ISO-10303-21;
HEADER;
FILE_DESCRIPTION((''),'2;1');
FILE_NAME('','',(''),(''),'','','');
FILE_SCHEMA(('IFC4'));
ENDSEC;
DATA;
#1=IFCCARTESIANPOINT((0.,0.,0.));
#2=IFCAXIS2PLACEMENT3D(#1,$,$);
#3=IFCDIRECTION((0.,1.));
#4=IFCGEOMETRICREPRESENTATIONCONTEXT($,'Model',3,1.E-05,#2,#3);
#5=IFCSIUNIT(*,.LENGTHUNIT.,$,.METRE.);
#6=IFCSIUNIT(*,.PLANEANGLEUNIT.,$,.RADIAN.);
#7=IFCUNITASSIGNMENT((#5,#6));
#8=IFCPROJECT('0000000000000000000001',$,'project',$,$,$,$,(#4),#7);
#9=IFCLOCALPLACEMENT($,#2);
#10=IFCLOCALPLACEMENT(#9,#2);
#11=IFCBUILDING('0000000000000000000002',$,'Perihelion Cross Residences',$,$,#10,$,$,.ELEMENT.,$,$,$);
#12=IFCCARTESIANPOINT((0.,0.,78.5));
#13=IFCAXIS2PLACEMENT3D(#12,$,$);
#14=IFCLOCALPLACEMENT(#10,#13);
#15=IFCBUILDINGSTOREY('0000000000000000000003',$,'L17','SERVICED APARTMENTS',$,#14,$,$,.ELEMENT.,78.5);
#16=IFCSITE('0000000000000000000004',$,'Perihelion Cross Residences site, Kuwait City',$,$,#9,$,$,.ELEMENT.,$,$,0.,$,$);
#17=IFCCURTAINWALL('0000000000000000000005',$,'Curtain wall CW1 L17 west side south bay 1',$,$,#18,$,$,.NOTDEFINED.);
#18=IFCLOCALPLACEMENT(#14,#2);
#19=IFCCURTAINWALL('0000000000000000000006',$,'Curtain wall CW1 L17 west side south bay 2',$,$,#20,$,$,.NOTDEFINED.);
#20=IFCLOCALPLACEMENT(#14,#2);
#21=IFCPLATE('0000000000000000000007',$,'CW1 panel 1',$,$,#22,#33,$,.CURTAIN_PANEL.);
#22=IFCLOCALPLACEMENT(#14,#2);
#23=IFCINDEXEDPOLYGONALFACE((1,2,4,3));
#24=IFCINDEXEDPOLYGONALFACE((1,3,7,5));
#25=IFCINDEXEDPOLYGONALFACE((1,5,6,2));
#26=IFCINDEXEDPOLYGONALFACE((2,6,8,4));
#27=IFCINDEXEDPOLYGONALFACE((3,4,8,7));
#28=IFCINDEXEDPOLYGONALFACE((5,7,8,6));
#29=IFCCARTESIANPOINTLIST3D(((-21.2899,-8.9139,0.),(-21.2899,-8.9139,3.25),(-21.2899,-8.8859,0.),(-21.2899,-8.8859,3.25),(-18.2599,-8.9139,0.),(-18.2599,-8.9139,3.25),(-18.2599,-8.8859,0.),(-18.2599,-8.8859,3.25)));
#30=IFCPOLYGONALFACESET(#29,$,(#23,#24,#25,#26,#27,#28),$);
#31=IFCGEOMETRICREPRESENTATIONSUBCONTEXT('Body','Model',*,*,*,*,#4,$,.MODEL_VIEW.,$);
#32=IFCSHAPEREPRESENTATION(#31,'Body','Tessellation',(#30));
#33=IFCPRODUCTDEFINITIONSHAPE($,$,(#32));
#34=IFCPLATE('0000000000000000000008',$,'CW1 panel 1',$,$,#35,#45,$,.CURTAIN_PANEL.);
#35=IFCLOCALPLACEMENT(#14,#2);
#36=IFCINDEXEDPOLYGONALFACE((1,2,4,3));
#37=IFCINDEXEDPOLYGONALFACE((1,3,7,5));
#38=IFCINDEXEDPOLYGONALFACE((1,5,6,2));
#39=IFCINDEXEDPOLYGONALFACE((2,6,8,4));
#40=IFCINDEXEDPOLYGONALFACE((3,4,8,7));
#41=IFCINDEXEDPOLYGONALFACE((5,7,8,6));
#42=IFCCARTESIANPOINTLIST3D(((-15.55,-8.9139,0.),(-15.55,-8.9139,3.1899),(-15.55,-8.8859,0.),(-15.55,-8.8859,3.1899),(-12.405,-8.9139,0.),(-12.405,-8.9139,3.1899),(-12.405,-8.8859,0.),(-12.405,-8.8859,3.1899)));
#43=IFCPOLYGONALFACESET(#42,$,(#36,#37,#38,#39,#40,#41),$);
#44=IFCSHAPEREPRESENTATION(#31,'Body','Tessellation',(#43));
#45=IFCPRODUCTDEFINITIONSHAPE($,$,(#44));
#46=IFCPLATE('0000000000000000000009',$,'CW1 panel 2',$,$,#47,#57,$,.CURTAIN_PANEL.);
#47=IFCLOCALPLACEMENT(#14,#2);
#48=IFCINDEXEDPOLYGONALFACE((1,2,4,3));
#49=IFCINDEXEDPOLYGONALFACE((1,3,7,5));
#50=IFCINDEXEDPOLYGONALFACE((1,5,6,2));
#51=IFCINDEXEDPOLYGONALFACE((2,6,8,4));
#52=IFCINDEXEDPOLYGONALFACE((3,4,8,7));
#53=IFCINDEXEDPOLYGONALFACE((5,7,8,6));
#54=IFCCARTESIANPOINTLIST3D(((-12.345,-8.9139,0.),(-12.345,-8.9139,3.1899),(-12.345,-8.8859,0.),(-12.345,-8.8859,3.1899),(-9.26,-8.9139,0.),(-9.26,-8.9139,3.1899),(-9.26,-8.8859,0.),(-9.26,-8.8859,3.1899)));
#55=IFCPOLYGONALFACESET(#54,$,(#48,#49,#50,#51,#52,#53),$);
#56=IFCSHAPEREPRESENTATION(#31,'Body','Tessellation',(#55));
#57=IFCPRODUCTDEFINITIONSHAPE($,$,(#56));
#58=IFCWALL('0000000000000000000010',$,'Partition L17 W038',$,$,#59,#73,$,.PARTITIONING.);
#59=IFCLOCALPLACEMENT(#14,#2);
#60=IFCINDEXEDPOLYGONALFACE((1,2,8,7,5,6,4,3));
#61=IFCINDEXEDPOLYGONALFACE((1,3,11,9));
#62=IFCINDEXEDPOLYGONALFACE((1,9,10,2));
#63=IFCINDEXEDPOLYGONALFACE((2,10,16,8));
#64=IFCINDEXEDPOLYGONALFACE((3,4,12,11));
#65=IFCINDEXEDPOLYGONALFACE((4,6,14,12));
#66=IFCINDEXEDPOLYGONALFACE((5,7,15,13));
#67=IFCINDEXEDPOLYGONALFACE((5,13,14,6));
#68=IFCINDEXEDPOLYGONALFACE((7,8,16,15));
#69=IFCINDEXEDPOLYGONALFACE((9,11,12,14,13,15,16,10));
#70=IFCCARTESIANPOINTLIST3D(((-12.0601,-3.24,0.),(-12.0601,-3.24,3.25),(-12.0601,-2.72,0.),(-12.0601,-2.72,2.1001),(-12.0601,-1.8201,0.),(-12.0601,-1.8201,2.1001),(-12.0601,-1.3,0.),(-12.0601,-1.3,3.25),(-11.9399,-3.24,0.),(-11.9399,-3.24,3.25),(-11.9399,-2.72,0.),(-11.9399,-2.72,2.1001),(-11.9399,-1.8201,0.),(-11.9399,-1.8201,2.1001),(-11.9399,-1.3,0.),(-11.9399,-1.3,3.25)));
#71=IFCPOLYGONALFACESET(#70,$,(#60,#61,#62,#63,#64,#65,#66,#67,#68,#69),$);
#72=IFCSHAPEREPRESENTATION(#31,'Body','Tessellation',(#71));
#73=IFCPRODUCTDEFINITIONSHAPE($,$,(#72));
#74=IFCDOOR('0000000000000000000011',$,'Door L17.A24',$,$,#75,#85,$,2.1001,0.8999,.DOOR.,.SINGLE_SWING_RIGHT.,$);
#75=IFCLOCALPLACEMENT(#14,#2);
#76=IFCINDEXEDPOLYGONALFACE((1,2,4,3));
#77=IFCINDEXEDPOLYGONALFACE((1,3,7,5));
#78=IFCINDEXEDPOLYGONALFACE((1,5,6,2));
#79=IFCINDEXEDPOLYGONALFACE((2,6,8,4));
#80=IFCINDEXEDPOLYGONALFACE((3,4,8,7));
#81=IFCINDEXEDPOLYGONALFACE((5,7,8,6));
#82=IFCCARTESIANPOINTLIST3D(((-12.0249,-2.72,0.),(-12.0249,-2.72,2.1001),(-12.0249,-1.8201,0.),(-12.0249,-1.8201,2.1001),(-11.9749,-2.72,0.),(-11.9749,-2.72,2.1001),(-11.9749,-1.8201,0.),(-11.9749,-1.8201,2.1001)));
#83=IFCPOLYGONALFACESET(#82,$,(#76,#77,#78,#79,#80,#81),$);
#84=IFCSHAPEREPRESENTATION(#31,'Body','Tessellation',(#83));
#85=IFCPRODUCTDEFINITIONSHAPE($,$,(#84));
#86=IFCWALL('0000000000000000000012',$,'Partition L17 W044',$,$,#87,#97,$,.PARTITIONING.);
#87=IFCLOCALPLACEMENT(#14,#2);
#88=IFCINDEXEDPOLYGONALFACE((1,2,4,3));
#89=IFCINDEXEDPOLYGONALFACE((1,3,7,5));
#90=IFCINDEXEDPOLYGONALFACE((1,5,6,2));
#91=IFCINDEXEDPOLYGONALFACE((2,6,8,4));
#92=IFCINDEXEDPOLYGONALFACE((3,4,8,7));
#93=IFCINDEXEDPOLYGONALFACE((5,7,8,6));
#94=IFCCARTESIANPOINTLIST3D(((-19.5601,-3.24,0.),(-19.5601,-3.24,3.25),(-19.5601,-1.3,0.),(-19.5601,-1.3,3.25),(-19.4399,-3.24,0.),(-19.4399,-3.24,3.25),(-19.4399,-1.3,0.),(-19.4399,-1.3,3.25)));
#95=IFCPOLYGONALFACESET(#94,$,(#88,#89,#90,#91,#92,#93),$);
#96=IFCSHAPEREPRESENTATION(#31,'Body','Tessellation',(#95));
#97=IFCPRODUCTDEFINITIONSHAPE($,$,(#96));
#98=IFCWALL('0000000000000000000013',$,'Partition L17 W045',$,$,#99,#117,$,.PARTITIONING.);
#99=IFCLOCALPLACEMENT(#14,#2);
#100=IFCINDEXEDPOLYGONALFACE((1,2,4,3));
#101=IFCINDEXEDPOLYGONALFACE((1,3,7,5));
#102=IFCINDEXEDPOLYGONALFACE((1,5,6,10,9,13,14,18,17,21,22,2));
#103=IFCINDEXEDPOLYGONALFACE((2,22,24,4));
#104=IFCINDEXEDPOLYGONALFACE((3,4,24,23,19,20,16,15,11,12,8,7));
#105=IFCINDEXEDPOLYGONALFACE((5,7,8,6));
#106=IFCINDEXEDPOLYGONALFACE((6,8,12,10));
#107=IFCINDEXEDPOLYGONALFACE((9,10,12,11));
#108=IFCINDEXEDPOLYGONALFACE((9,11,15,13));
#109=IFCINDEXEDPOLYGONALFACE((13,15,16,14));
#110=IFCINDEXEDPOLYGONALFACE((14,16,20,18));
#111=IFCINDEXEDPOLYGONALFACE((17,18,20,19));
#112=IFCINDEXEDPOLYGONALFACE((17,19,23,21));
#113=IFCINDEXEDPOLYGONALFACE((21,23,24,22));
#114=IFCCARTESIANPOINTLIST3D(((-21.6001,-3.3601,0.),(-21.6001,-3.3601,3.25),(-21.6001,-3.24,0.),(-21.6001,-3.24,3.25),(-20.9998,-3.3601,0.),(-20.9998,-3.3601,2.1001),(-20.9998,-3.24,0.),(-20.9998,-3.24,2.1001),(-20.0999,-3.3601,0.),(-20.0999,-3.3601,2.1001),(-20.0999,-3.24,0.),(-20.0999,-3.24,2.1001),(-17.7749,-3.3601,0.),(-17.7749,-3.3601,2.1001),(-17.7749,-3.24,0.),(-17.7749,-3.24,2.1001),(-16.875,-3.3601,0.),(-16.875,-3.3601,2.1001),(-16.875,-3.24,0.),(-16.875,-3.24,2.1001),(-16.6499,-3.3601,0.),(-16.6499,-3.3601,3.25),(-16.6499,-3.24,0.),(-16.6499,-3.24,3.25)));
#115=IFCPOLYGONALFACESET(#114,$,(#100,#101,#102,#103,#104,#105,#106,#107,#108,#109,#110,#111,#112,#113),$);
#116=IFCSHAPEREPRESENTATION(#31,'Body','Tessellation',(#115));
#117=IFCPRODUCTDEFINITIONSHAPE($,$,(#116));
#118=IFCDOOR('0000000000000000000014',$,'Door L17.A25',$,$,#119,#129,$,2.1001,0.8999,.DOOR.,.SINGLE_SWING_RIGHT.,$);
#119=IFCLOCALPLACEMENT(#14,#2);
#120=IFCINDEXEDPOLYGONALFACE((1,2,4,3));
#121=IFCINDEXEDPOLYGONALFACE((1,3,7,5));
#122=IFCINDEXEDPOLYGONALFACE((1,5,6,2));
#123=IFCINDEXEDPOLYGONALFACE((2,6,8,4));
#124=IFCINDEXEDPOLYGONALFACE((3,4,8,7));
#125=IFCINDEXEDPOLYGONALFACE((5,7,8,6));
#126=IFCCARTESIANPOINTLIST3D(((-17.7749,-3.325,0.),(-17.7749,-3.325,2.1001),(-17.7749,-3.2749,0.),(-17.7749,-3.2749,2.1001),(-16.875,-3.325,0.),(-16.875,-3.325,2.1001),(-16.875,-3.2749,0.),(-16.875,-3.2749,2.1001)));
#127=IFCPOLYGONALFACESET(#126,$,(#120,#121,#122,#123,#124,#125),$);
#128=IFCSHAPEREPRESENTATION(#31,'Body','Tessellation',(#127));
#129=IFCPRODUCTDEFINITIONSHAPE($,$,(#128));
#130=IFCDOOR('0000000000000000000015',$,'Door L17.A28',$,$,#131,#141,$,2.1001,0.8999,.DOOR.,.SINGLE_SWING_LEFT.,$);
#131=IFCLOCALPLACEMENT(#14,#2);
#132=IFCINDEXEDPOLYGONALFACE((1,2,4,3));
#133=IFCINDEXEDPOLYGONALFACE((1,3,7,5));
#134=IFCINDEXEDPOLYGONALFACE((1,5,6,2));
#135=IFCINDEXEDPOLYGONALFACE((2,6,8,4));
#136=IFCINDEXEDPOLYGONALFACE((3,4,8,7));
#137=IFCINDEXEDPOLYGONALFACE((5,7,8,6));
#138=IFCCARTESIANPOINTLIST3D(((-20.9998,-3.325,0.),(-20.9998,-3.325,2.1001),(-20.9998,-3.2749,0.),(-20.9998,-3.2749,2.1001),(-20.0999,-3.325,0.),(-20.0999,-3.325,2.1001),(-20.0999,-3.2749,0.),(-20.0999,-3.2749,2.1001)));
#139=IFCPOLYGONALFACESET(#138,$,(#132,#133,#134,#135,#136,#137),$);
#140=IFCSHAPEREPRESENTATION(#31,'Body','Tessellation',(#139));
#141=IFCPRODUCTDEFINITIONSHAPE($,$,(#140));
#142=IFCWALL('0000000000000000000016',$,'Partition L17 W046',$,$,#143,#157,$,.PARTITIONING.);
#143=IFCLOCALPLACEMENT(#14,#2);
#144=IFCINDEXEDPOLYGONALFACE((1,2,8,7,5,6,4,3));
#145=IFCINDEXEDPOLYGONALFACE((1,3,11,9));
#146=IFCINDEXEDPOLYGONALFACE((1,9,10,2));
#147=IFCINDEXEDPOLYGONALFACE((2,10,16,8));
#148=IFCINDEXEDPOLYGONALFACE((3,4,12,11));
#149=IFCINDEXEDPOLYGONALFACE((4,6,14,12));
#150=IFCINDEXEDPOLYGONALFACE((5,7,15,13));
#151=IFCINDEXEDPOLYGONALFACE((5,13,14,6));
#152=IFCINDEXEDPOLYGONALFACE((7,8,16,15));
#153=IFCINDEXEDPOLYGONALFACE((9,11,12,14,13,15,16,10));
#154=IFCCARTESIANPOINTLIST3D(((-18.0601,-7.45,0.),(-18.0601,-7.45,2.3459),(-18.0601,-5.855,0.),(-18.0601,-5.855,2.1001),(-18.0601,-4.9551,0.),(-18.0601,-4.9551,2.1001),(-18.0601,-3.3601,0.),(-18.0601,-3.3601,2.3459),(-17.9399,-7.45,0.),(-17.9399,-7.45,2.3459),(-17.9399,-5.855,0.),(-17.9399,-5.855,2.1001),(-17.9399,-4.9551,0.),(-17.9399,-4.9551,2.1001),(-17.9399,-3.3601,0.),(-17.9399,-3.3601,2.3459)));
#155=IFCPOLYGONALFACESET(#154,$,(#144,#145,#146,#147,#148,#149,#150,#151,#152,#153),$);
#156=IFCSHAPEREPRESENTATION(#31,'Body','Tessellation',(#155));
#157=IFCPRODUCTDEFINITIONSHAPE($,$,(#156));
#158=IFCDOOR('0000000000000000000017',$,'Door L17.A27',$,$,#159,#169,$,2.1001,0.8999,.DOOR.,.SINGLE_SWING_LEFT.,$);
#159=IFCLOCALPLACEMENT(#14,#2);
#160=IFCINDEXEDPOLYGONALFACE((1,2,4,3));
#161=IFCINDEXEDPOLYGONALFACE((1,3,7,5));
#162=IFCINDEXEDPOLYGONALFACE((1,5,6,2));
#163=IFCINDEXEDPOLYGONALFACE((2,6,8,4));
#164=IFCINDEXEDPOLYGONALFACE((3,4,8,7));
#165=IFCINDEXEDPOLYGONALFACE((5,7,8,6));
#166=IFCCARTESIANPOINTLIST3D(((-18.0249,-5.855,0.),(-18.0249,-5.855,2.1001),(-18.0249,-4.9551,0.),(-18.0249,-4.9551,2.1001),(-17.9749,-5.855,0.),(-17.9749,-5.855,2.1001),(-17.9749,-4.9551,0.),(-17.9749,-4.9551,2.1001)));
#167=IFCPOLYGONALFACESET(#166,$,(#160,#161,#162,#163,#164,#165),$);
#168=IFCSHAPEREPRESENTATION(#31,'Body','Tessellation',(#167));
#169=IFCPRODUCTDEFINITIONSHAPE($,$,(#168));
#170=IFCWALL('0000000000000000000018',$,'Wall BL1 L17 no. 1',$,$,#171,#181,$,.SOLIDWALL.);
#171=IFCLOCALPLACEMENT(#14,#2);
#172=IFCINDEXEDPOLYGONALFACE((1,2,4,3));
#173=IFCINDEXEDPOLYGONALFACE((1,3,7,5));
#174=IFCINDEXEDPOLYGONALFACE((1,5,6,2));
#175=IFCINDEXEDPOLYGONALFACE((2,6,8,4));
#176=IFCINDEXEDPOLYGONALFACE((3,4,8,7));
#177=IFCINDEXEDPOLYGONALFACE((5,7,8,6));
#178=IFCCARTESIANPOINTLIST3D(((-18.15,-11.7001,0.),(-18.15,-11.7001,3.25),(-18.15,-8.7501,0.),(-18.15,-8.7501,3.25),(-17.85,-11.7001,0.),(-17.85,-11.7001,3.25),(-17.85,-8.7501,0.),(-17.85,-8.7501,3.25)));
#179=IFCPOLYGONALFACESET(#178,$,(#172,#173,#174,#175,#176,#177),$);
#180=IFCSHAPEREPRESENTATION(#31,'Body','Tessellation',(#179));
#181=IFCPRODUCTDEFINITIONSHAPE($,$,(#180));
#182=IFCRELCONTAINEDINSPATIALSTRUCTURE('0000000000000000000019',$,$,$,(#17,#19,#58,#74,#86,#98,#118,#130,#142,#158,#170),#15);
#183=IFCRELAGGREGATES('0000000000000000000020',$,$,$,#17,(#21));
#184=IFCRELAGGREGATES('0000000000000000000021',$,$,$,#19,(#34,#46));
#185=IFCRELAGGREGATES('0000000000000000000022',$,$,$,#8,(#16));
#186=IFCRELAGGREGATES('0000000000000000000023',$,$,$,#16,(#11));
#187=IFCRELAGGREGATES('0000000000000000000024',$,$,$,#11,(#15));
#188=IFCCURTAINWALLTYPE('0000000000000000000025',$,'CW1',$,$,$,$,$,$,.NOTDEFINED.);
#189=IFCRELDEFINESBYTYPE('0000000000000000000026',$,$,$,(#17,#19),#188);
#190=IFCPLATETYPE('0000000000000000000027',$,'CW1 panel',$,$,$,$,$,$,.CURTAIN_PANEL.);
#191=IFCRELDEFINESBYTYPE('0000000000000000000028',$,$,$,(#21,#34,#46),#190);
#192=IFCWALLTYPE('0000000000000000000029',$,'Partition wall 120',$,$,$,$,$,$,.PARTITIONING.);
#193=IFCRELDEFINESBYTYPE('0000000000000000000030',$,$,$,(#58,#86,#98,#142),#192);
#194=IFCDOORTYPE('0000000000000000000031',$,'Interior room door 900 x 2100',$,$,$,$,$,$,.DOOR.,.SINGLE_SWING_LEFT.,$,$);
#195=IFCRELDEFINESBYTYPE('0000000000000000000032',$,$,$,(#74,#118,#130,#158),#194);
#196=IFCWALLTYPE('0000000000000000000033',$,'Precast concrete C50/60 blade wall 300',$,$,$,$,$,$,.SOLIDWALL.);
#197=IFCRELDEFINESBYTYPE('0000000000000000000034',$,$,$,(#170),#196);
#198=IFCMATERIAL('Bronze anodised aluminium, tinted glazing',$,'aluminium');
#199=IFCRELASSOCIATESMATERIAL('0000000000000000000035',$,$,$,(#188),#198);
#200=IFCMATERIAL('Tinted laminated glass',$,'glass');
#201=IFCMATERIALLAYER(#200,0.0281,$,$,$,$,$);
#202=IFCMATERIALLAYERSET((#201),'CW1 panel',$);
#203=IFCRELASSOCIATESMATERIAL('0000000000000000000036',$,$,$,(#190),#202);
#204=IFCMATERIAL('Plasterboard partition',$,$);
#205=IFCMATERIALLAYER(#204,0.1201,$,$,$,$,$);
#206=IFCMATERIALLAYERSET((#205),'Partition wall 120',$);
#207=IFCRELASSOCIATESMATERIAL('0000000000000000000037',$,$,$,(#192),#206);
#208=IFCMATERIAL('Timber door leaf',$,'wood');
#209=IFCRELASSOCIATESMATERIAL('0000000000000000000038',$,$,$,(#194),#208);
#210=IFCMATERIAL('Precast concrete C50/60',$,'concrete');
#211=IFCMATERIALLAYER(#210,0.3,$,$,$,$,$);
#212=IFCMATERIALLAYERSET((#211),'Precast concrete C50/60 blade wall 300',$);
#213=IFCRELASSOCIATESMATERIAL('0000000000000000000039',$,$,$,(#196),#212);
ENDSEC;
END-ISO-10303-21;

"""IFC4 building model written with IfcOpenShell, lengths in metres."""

from ifc_helpers import new_model, si_unit, direction, frame, frame_2d, origin, origin_2d, place, context, subcontext, project, spatial, rectangle, extrude, material, layer, layer_set, type_object, element, fill, aggregate, save


model = new_model("IFC4")

# Units and contexts
model_context = context("Model", 3, precision=1e-05, world=origin(), true_north=direction((0.0, 1.0)))
body_context = subcontext(model_context, "Body", "Model", "MODEL_VIEW")
ifc_project = project(units=[si_unit("LENGTHUNIT", "METRE"), si_unit("PLANEANGLEUNIT", "RADIAN")], contexts=[model_context])

# Site, building, storey
site_placement = place(None, origin())
site = spatial("IfcSite", under=ifc_project, at=site_placement, Name="Perihelion Cross Residences site, Kuwait City", CompositionType="ELEMENT", RefElevation=0.0)
building_placement = place(site_placement, origin())
building = spatial("IfcBuilding", under=site, at=building_placement, Name="Perihelion Cross Residences", CompositionType="ELEMENT")
storey_placement = place(building_placement, frame((0.0, 0.0, 78.5)))
storey = spatial("IfcBuildingStorey", under=building, at=storey_placement, Name="L17", Description="SERVICED APARTMENTS", CompositionType="ELEMENT", Elevation=78.5)

# Curtain wall
ifc_material_1 = material(Name="Bronze anodised aluminium, tinted glazing", Category="aluminium")
curtain_wall_type = type_object("IfcCurtainWallType", Name="CW1", PredefinedType="NOTDEFINED", material=ifc_material_1)
curtain_wall_1_placement = place(storey_placement, origin())
curtain_wall_1 = element("IfcCurtainWall", 1, at=curtain_wall_1_placement, inside=storey, type_object=curtain_wall_type, Name="Curtain wall CW1 L17 west side south bay 1", PredefinedType="NOTDEFINED")

# Curtain wall
curtain_wall_2_placement = place(storey_placement, origin())
curtain_wall_2 = element("IfcCurtainWall", 2, at=curtain_wall_2_placement, inside=storey, type_object=curtain_wall_type, Name="Curtain wall CW1 L17 west side south bay 2", PredefinedType="NOTDEFINED")

# Plates
ifc_material_2 = material(Name="Tinted laminated glass", Category="glass")
ifc_layer_1 = layer(ifc_material_2, 0.0281)
ifc_layer_set_1 = layer_set([ifc_layer_1], Name="CW1 panel")
plate_type = type_object("IfcPlateType", Name="CW1 panel", PredefinedType="CURTAIN_PANEL", material=ifc_layer_set_1)
plate_1_placement = place(storey_placement, frame((-19.7749, -8.8999, 0.0), z_axis=(0.0, 0.0, 1.0), x_axis=(1.0, 0.0, 0.0)))
plate_1 = element("IfcPlate", 3, at=plate_1_placement, type_object=plate_type, Name="CW1 panel 1", PredefinedType="CURTAIN_PANEL", context=body_context, shape_type="SweptSolid", body=[
    extrude(rectangle(XDim=3.03, YDim=0.0281, at=origin_2d()), origin(), (0.0, 0.0, 1.0), 3.25),
])
aggregate(curtain_wall_1, [plate_1])
plate_2_placement = place(storey_placement, frame((-13.9775, -8.8999, 0.0), z_axis=(0.0, 0.0, 1.0), x_axis=(1.0, 0.0, 0.0)))
plate_2 = element("IfcPlate", 4, at=plate_2_placement, type_object=plate_type, Name="CW1 panel 1", PredefinedType="CURTAIN_PANEL", context=body_context, shape_type="SweptSolid", body=[
    extrude(rectangle(XDim=3.145, YDim=0.0281, at=origin_2d()), origin(), (0.0, 0.0, 1.0), 3.1899),
])
plate_3_placement = place(storey_placement, frame((-10.8025, -8.8999, 0.0), z_axis=(0.0, 0.0, 1.0), x_axis=(1.0, 0.0, 0.0)))
plate_3 = element("IfcPlate", 5, at=plate_3_placement, type_object=plate_type, Name="CW1 panel 2", PredefinedType="CURTAIN_PANEL", context=body_context, shape_type="SweptSolid", body=[
    extrude(rectangle(XDim=3.085, YDim=0.0281, at=origin_2d()), origin(), (0.0, 0.0, 1.0), 3.1899),
])
aggregate(curtain_wall_2, [plate_2, plate_3])

# Wall, opening, door
ifc_material_3 = material(Name="Plasterboard partition")
ifc_layer_2 = layer(ifc_material_3, 0.1201)
ifc_layer_set_2 = layer_set([ifc_layer_2], Name="Partition wall 120")
wall_type_1 = type_object("IfcWallType", Name="Partition wall 120", PredefinedType="PARTITIONING", material=ifc_layer_set_2)
wall_1_placement = place(storey_placement, frame((-12.0, -3.24, 0.0), z_axis=(0.0, 0.0, 1.0), x_axis=(0.0, 1.0, 0.0)))
wall_1 = element("IfcWall", 6, at=wall_1_placement, inside=storey, type_object=wall_type_1, Name="Partition L17 W038", PredefinedType="PARTITIONING", context=body_context, shape_type="SweptSolid", body=[
    extrude(rectangle(XDim=1.9399, YDim=0.1201, at=frame_2d((0.97, 0.0))), origin(), (0.0, 0.0, 1.0), 3.25),
])
opening_1_placement = place(wall_1_placement, frame((0.52, 0.0, 0.0)))
opening_1 = element("IfcOpeningElement", 7, at=opening_1_placement, cuts=wall_1, PredefinedType="OPENING", context=body_context, shape_type="SweptSolid", body=[
    extrude(rectangle(XDim=0.8999, YDim=2.1001, at=frame_2d((0.45, 1.05))), frame((0.0, 0.0701, 0.0), z_axis=(0.0, -1.0, 0.0), x_axis=(1.0, 0.0, 0.0)), (0.0, 0.0, 1.0), 0.1401),
])
ifc_material_4 = material(Name="Timber door leaf", Category="wood")
door_type_1 = type_object("IfcDoorType", Name="Interior room door 900 x 2100", OperationType="SINGLE_SWING_LEFT", PredefinedType="DOOR", material=ifc_material_4)
door_1_placement = place(opening_1_placement, origin())
door_1 = element("IfcDoor", 8, at=door_1_placement, inside=storey, type_object=door_type_1, Name="Door L17.A24", OperationType="SINGLE_SWING_RIGHT", OverallHeight=2.1001, OverallWidth=0.8999, PredefinedType="DOOR", context=body_context, shape_type="SweptSolid", body=[
    extrude(rectangle(XDim=0.8999, YDim=2.1001, at=frame_2d((0.45, 1.05))), frame((0.0, 0.0249, 0.0), z_axis=(0.0, -1.0, 0.0), x_axis=(1.0, 0.0, 0.0)), (0.0, 0.0, 1.0), 0.05),
])
fill(opening_1, door_1)

# Wall
wall_2_placement = place(storey_placement, frame((-19.5, -3.24, 0.0), z_axis=(0.0, 0.0, 1.0), x_axis=(0.0, 1.0, 0.0)))
element("IfcWall", 9, at=wall_2_placement, inside=storey, type_object=wall_type_1, Name="Partition L17 W044", PredefinedType="PARTITIONING", context=body_context, shape_type="SweptSolid", body=[
    extrude(rectangle(XDim=1.9399, YDim=0.1201, at=frame_2d((0.97, 0.0))), origin(), (0.0, 0.0, 1.0), 3.25),
])

# Wall, openings, doors
wall_3_placement = place(storey_placement, frame((-16.6499, -3.3, 0.0), z_axis=(0.0, 0.0, 1.0), x_axis=(-1.0, 0.0, 0.0)))
wall_3 = element("IfcWall", 10, at=wall_3_placement, inside=storey, type_object=wall_type_1, Name="Partition L17 W045", PredefinedType="PARTITIONING", context=body_context, shape_type="SweptSolid", body=[
    extrude(rectangle(XDim=4.9502, YDim=0.1201, at=frame_2d((2.4751, 0.0))), origin(), (0.0, 0.0, 1.0), 3.25),
])
opening_2_placement = place(wall_3_placement, frame((0.2251, 0.0, 0.0)))
opening_2 = element("IfcOpeningElement", 11, at=opening_2_placement, cuts=wall_3, PredefinedType="OPENING", context=body_context, shape_type="SweptSolid", body=[
    extrude(rectangle(XDim=0.8999, YDim=2.1001, at=frame_2d((0.45, 1.05))), frame((0.0, 0.0701, 0.0), z_axis=(0.0, -1.0, 0.0), x_axis=(1.0, 0.0, 0.0)), (0.0, 0.0, 1.0), 0.1401),
])
opening_3_placement = place(wall_3_placement, frame((3.45, 0.0, 0.0)))
opening_3 = element("IfcOpeningElement", 12, at=opening_3_placement, cuts=wall_3, PredefinedType="OPENING", context=body_context, shape_type="SweptSolid", body=[
    extrude(rectangle(XDim=0.8999, YDim=2.1001, at=frame_2d((0.45, 1.05))), frame((0.0, 0.0701, 0.0), z_axis=(0.0, -1.0, 0.0), x_axis=(1.0, 0.0, 0.0)), (0.0, 0.0, 1.0), 0.1401),
])
door_2_placement = place(opening_2_placement, origin())
door_2 = element("IfcDoor", 13, at=door_2_placement, inside=storey, type_object=door_type_1, Name="Door L17.A25", OperationType="SINGLE_SWING_RIGHT", OverallHeight=2.1001, OverallWidth=0.8999, PredefinedType="DOOR", context=body_context, shape_type="SweptSolid", body=[
    extrude(rectangle(XDim=0.8999, YDim=2.1001, at=frame_2d((0.45, 1.05))), frame((0.0, 0.0249, 0.0), z_axis=(0.0, -1.0, 0.0), x_axis=(1.0, 0.0, 0.0)), (0.0, 0.0, 1.0), 0.05),
])
fill(opening_2, door_2)
door_3_placement = place(opening_3_placement, origin())
door_3 = element("IfcDoor", 14, at=door_3_placement, inside=storey, type_object=door_type_1, Name="Door L17.A28", OperationType="SINGLE_SWING_LEFT", OverallHeight=2.1001, OverallWidth=0.8999, PredefinedType="DOOR", context=body_context, shape_type="SweptSolid", body=[
    extrude(rectangle(XDim=0.8999, YDim=2.1001, at=frame_2d((0.45, 1.05))), frame((0.0, 0.0249, 0.0), z_axis=(0.0, -1.0, 0.0), x_axis=(1.0, 0.0, 0.0)), (0.0, 0.0, 1.0), 0.05),
])
fill(opening_3, door_3)

# Wall, opening, door
wall_4_placement = place(storey_placement, frame((-18.0, -7.45, 0.0), z_axis=(0.0, 0.0, 1.0), x_axis=(0.0, 1.0, 0.0)))
wall_4 = element("IfcWall", 15, at=wall_4_placement, inside=storey, type_object=wall_type_1, Name="Partition L17 W046", PredefinedType="PARTITIONING", context=body_context, shape_type="SweptSolid", body=[
    extrude(rectangle(XDim=4.0898, YDim=0.1201, at=frame_2d((2.0449, 0.0))), origin(), (0.0, 0.0, 1.0), 2.3459),
])
opening_4_placement = place(wall_4_placement, frame((1.595, 0.0, 0.0)))
opening_4 = element("IfcOpeningElement", 16, at=opening_4_placement, cuts=wall_4, PredefinedType="OPENING", context=body_context, shape_type="SweptSolid", body=[
    extrude(rectangle(XDim=0.8999, YDim=2.1001, at=frame_2d((0.45, 1.05))), frame((0.0, 0.0701, 0.0), z_axis=(0.0, -1.0, 0.0), x_axis=(1.0, 0.0, 0.0)), (0.0, 0.0, 1.0), 0.1401),
])
door_4_placement = place(opening_4_placement, origin())
door_4 = element("IfcDoor", 17, at=door_4_placement, inside=storey, type_object=door_type_1, Name="Door L17.A27", OperationType="SINGLE_SWING_LEFT", OverallHeight=2.1001, OverallWidth=0.8999, PredefinedType="DOOR", context=body_context, shape_type="SweptSolid", body=[
    extrude(rectangle(XDim=0.8999, YDim=2.1001, at=frame_2d((0.45, 1.05))), frame((0.0, 0.0249, 0.0), z_axis=(0.0, -1.0, 0.0), x_axis=(1.0, 0.0, 0.0)), (0.0, 0.0, 1.0), 0.05),
])
fill(opening_4, door_4)

# Wall
ifc_material_5 = material(Name="Precast concrete C50/60", Category="concrete")
ifc_layer_3 = layer(ifc_material_5, 0.3)
ifc_layer_set_3 = layer_set([ifc_layer_3], Name="Precast concrete C50/60 blade wall 300")
wall_type_2 = type_object("IfcWallType", Name="Precast concrete C50/60 blade wall 300", PredefinedType="SOLIDWALL", material=ifc_layer_set_3)
wall_5_placement = place(storey_placement, frame((-18.0, -8.75, 0.0), z_axis=(0.0, 0.0, 1.0), x_axis=(0.0, -1.0, 0.0)))
element("IfcWall", 18, at=wall_5_placement, inside=storey, type_object=wall_type_2, Name="Wall BL1 L17 no. 1", PredefinedType="SOLIDWALL", context=body_context, shape_type="SweptSolid", body=[
    extrude(rectangle(XDim=2.95, YDim=0.3, at=frame_2d((1.4751, 0.0))), origin(), (0.0, 0.0, 1.0), 3.25),
])

save(model, "model.ifc")
